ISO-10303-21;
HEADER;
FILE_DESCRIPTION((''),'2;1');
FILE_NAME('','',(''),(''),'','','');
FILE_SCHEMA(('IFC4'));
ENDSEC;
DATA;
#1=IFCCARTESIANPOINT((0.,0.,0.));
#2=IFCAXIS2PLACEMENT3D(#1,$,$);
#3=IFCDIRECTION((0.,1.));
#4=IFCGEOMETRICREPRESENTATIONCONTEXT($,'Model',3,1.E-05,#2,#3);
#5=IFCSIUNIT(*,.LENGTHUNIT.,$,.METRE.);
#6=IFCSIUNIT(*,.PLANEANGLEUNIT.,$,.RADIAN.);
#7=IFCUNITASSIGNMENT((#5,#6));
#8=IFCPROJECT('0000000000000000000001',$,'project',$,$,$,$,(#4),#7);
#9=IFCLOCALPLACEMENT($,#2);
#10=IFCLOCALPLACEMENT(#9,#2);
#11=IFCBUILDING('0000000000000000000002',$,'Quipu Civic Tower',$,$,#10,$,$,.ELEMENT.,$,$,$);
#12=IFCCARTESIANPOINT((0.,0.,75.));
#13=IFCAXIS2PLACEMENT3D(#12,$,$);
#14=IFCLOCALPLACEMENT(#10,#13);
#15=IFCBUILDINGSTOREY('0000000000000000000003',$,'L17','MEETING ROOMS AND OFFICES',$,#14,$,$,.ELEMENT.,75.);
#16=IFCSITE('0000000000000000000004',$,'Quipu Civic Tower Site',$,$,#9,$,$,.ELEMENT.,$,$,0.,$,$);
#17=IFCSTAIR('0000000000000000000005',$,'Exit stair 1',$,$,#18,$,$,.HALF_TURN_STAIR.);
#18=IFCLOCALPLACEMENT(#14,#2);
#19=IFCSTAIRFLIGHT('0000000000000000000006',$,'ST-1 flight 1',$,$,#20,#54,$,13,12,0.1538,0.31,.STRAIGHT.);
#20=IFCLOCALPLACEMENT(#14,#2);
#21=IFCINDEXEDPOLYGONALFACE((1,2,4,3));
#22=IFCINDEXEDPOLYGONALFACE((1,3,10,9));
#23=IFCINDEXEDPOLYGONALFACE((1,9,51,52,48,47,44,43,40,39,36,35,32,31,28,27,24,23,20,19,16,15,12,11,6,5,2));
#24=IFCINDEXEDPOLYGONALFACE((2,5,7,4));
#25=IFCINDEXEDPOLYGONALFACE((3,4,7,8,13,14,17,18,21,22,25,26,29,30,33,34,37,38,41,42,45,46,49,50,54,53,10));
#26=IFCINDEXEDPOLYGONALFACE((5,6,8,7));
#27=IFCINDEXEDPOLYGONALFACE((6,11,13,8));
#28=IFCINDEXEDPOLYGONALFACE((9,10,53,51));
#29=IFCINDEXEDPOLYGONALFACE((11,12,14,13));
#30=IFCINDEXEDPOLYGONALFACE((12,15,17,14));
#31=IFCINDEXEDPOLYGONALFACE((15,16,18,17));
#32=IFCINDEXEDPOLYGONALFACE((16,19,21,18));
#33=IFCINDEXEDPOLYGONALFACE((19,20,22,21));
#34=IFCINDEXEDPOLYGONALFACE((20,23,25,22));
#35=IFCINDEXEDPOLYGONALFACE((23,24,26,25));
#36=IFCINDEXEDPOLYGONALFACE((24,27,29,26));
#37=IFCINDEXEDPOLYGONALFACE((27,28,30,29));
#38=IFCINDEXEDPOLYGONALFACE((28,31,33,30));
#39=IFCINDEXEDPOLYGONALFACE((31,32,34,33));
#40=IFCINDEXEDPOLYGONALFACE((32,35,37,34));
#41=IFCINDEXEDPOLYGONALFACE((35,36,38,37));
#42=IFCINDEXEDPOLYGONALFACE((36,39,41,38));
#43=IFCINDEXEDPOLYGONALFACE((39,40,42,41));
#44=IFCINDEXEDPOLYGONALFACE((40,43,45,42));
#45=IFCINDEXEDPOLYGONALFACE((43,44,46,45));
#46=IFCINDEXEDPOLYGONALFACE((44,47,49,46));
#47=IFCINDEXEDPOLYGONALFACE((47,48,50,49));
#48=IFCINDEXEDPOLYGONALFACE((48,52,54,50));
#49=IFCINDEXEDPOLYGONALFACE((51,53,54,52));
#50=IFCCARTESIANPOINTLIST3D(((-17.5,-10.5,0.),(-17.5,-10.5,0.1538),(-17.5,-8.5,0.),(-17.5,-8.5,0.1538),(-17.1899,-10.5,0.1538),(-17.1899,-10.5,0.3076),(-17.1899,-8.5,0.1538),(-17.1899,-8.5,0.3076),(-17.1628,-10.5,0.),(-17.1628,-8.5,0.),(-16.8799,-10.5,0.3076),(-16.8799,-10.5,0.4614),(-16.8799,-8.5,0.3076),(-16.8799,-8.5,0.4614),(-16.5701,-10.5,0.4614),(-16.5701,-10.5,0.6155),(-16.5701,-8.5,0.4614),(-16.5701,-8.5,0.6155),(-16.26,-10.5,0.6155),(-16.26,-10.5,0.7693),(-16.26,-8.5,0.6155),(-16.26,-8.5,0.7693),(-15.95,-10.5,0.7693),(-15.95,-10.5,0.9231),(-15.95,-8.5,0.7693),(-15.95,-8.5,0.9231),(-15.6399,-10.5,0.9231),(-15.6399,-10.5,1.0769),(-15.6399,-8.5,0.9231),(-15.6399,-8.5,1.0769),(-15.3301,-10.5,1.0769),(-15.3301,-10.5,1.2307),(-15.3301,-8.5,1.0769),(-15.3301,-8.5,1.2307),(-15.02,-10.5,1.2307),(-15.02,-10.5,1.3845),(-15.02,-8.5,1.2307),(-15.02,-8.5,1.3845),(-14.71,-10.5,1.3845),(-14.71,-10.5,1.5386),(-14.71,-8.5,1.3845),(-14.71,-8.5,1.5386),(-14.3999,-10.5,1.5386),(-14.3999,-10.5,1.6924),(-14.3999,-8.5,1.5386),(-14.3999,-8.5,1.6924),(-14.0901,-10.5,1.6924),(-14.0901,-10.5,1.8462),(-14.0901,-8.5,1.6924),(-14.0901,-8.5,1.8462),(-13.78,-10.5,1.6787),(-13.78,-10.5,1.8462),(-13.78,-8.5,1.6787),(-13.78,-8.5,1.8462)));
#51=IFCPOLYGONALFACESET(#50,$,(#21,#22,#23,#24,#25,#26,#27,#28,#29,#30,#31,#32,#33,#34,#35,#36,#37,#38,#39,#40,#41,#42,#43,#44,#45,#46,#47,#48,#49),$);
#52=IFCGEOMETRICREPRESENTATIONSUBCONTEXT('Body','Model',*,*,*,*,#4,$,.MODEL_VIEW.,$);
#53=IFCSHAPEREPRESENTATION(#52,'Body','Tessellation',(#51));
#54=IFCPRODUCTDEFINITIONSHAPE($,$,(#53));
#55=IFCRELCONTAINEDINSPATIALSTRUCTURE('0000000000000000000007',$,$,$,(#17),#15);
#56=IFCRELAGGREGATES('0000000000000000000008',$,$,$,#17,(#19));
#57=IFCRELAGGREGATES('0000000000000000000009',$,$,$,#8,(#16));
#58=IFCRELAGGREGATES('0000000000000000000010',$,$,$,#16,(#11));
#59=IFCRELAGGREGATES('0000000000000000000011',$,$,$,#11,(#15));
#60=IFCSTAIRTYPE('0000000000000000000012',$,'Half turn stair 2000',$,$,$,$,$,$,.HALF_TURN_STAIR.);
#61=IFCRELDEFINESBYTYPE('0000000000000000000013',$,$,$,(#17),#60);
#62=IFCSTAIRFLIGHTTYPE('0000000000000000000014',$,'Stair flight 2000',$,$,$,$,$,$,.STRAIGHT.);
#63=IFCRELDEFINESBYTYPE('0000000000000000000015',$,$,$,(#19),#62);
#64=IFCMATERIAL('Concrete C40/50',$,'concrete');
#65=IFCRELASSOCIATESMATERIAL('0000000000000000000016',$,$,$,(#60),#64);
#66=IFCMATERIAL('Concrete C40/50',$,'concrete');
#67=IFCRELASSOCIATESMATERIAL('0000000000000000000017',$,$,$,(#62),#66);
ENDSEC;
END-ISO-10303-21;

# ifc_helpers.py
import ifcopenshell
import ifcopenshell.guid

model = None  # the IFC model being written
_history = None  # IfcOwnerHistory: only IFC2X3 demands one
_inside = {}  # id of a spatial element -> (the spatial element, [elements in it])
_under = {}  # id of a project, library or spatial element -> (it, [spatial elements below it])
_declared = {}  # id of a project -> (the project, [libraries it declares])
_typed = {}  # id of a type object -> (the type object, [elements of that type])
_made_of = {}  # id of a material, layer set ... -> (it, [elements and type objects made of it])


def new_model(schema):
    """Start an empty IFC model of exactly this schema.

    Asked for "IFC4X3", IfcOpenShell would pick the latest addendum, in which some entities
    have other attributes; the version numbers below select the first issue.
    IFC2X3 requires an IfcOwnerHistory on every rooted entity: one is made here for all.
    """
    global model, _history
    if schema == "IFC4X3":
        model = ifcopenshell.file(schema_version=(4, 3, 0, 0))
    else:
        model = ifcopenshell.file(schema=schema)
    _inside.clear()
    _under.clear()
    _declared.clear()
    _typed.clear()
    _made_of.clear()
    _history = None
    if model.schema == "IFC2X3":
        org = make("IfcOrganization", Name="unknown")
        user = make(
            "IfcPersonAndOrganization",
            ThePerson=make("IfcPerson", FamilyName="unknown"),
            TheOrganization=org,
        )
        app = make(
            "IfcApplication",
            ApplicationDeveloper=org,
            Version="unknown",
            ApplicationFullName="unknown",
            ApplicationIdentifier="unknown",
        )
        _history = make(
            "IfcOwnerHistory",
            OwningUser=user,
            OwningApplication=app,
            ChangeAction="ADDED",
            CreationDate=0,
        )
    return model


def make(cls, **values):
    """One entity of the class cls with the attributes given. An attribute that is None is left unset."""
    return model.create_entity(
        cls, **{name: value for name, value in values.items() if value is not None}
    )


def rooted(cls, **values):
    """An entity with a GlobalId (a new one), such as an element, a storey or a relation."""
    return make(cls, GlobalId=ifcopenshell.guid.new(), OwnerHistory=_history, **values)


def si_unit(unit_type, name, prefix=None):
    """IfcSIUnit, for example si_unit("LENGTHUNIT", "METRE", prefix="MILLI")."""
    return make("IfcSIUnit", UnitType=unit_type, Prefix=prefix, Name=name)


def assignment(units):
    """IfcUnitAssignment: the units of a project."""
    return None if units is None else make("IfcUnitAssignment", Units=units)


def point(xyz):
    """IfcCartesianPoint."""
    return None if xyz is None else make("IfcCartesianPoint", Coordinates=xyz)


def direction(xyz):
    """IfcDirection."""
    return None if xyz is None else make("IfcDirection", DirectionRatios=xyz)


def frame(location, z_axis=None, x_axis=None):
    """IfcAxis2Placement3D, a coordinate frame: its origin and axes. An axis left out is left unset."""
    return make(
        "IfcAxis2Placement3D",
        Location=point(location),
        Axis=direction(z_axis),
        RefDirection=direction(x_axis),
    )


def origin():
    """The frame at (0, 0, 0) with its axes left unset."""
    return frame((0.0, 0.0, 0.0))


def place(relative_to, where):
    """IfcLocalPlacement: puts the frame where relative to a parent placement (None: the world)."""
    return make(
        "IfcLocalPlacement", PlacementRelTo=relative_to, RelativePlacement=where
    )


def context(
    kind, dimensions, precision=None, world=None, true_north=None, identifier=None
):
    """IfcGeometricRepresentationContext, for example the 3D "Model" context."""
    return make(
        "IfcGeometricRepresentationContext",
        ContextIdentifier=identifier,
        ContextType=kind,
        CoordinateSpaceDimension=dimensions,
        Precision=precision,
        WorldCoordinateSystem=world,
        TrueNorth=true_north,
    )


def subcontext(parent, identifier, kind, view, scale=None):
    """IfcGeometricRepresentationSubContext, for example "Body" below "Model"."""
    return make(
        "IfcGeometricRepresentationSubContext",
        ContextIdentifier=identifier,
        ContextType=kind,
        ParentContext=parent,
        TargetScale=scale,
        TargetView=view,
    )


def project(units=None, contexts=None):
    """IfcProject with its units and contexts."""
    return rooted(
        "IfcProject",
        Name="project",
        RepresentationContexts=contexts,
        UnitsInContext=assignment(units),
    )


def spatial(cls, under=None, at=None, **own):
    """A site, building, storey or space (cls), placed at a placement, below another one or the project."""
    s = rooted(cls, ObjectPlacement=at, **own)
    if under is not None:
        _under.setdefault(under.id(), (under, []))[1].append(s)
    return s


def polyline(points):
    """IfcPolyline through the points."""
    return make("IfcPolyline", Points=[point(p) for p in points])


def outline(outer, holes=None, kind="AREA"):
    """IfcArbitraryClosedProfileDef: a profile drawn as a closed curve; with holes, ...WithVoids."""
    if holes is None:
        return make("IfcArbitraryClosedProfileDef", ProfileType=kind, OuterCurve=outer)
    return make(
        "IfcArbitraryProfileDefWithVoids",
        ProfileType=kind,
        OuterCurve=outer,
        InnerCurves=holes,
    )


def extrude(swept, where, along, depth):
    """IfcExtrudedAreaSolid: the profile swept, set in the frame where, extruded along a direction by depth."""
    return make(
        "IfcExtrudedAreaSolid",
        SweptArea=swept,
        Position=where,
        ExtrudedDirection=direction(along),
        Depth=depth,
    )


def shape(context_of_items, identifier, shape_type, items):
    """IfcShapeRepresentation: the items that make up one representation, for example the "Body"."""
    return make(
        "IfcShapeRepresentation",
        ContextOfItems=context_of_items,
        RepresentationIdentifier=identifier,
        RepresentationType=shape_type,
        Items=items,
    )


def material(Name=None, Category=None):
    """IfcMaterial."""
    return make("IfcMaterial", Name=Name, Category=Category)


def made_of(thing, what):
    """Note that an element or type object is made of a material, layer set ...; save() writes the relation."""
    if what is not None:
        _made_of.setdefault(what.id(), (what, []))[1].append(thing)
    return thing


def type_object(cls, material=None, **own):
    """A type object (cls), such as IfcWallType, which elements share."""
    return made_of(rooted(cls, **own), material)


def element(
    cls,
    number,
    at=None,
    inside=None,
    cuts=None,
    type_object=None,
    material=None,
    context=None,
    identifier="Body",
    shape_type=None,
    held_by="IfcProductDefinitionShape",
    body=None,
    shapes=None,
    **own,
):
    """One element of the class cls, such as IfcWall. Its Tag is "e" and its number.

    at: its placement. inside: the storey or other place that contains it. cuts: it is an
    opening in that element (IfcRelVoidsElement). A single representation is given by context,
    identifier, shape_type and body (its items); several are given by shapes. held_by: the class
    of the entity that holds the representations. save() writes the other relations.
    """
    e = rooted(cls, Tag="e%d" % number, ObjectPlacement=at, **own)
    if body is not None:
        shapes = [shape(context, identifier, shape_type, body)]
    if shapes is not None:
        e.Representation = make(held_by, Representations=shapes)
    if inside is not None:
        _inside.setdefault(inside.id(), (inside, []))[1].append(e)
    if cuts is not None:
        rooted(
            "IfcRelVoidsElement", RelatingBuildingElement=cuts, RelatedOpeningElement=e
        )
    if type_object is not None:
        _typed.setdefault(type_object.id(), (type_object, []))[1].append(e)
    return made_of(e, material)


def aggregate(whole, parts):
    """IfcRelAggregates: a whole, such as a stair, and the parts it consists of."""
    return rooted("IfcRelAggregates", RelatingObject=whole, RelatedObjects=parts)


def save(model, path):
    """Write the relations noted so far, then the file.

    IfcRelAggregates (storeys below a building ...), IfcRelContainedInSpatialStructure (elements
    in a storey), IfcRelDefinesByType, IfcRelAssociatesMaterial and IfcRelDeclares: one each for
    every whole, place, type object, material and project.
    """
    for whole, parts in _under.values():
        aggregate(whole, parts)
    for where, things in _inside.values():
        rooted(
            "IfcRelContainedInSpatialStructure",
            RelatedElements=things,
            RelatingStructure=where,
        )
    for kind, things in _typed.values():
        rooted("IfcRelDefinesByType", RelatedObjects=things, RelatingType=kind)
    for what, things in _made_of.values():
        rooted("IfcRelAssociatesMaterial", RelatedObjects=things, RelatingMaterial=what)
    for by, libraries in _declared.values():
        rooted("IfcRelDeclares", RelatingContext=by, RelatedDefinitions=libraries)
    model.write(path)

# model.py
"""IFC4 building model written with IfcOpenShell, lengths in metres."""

from ifc_helpers import new_model, si_unit, direction, frame, origin, place, context, subcontext, project, spatial, polyline, outline, extrude, material, type_object, element, aggregate, save


model = new_model("IFC4")

# Units and contexts
model_context = context("Model", 3, precision=1e-05, world=origin(), true_north=direction((0.0, 1.0)))
body_context = subcontext(model_context, "Body", "Model", "MODEL_VIEW")
ifc_project = project(units=[si_unit("LENGTHUNIT", "METRE"), si_unit("PLANEANGLEUNIT", "RADIAN")], contexts=[model_context])

# Site, building, storey
site_placement = place(None, origin())
site = spatial("IfcSite", under=ifc_project, at=site_placement, Name="Quipu Civic Tower Site", CompositionType="ELEMENT", RefElevation=0.0)
building_placement = place(site_placement, origin())
building = spatial("IfcBuilding", under=site, at=building_placement, Name="Quipu Civic Tower", CompositionType="ELEMENT")
storey_placement = place(building_placement, frame((0.0, 0.0, 75.0)))
storey = spatial("IfcBuildingStorey", under=building, at=storey_placement, Name="L17", Description="MEETING ROOMS AND OFFICES", CompositionType="ELEMENT", Elevation=75.0)

# Stair, stair flight
ifc_material_1 = material(Name="Concrete C40/50", Category="concrete")
stair_type = type_object("IfcStairType", Name="Half turn stair 2000", PredefinedType="HALF_TURN_STAIR", material=ifc_material_1)
stair_placement = place(storey_placement, origin())
stair = element("IfcStair", 1, at=stair_placement, inside=storey, type_object=stair_type, Name="Exit stair 1", PredefinedType="HALF_TURN_STAIR")
ifc_material_2 = material(Name="Concrete C40/50", Category="concrete")
stair_flight_type = type_object("IfcStairFlightType", Name="Stair flight 2000", PredefinedType="STRAIGHT", material=ifc_material_2)
stair_flight_placement = place(storey_placement, frame((-17.5, -9.5, 0.0), z_axis=(0.0, 0.0, 1.0), x_axis=(1.0, 0.0, 0.0)))
stair_flight = element("IfcStairFlight", 2, at=stair_flight_placement, type_object=stair_flight_type, Name="ST-1 flight 1", NumberOfRisers=13, NumberOfTreads=12, PredefinedType="STRAIGHT", RiserHeight=0.1538, TreadLength=0.31, context=body_context, shape_type="SweptSolid", body=[
    extrude(outline(polyline([(0.0, 0.0), (0.0, 0.1538), (0.3101, 0.1538), (0.3101, 0.3076), (0.6201, 0.3076), (0.6201, 0.4614), (0.9299, 0.4614), (0.9299, 0.6155), (1.24, 0.6155), (1.24, 0.7693), (1.55, 0.7693), (1.55, 0.9231), (1.8601, 0.9231), (1.8601, 1.0769), (2.1699, 1.0769), (2.1699, 1.2307), (2.48, 1.2307), (2.48, 1.3845), (2.79, 1.3845), (2.79, 1.5386), (3.1001, 1.5386), (3.1001, 1.6924), (3.4099, 1.6924), (3.4099, 1.8462), (3.72, 1.8462), (3.72, 2.0), (3.72, 1.6787), (0.3372, 0.0), (0.0, 0.0)])), frame((0.0, 1.0, 0.0), z_axis=(0.0, -1.0, 0.0), x_axis=(1.0, 0.0, 0.0)), (0.0, 0.0, 1.0), 2.0),
])
aggregate(stair, [stair_flight])

save(model, "model.ifc")
